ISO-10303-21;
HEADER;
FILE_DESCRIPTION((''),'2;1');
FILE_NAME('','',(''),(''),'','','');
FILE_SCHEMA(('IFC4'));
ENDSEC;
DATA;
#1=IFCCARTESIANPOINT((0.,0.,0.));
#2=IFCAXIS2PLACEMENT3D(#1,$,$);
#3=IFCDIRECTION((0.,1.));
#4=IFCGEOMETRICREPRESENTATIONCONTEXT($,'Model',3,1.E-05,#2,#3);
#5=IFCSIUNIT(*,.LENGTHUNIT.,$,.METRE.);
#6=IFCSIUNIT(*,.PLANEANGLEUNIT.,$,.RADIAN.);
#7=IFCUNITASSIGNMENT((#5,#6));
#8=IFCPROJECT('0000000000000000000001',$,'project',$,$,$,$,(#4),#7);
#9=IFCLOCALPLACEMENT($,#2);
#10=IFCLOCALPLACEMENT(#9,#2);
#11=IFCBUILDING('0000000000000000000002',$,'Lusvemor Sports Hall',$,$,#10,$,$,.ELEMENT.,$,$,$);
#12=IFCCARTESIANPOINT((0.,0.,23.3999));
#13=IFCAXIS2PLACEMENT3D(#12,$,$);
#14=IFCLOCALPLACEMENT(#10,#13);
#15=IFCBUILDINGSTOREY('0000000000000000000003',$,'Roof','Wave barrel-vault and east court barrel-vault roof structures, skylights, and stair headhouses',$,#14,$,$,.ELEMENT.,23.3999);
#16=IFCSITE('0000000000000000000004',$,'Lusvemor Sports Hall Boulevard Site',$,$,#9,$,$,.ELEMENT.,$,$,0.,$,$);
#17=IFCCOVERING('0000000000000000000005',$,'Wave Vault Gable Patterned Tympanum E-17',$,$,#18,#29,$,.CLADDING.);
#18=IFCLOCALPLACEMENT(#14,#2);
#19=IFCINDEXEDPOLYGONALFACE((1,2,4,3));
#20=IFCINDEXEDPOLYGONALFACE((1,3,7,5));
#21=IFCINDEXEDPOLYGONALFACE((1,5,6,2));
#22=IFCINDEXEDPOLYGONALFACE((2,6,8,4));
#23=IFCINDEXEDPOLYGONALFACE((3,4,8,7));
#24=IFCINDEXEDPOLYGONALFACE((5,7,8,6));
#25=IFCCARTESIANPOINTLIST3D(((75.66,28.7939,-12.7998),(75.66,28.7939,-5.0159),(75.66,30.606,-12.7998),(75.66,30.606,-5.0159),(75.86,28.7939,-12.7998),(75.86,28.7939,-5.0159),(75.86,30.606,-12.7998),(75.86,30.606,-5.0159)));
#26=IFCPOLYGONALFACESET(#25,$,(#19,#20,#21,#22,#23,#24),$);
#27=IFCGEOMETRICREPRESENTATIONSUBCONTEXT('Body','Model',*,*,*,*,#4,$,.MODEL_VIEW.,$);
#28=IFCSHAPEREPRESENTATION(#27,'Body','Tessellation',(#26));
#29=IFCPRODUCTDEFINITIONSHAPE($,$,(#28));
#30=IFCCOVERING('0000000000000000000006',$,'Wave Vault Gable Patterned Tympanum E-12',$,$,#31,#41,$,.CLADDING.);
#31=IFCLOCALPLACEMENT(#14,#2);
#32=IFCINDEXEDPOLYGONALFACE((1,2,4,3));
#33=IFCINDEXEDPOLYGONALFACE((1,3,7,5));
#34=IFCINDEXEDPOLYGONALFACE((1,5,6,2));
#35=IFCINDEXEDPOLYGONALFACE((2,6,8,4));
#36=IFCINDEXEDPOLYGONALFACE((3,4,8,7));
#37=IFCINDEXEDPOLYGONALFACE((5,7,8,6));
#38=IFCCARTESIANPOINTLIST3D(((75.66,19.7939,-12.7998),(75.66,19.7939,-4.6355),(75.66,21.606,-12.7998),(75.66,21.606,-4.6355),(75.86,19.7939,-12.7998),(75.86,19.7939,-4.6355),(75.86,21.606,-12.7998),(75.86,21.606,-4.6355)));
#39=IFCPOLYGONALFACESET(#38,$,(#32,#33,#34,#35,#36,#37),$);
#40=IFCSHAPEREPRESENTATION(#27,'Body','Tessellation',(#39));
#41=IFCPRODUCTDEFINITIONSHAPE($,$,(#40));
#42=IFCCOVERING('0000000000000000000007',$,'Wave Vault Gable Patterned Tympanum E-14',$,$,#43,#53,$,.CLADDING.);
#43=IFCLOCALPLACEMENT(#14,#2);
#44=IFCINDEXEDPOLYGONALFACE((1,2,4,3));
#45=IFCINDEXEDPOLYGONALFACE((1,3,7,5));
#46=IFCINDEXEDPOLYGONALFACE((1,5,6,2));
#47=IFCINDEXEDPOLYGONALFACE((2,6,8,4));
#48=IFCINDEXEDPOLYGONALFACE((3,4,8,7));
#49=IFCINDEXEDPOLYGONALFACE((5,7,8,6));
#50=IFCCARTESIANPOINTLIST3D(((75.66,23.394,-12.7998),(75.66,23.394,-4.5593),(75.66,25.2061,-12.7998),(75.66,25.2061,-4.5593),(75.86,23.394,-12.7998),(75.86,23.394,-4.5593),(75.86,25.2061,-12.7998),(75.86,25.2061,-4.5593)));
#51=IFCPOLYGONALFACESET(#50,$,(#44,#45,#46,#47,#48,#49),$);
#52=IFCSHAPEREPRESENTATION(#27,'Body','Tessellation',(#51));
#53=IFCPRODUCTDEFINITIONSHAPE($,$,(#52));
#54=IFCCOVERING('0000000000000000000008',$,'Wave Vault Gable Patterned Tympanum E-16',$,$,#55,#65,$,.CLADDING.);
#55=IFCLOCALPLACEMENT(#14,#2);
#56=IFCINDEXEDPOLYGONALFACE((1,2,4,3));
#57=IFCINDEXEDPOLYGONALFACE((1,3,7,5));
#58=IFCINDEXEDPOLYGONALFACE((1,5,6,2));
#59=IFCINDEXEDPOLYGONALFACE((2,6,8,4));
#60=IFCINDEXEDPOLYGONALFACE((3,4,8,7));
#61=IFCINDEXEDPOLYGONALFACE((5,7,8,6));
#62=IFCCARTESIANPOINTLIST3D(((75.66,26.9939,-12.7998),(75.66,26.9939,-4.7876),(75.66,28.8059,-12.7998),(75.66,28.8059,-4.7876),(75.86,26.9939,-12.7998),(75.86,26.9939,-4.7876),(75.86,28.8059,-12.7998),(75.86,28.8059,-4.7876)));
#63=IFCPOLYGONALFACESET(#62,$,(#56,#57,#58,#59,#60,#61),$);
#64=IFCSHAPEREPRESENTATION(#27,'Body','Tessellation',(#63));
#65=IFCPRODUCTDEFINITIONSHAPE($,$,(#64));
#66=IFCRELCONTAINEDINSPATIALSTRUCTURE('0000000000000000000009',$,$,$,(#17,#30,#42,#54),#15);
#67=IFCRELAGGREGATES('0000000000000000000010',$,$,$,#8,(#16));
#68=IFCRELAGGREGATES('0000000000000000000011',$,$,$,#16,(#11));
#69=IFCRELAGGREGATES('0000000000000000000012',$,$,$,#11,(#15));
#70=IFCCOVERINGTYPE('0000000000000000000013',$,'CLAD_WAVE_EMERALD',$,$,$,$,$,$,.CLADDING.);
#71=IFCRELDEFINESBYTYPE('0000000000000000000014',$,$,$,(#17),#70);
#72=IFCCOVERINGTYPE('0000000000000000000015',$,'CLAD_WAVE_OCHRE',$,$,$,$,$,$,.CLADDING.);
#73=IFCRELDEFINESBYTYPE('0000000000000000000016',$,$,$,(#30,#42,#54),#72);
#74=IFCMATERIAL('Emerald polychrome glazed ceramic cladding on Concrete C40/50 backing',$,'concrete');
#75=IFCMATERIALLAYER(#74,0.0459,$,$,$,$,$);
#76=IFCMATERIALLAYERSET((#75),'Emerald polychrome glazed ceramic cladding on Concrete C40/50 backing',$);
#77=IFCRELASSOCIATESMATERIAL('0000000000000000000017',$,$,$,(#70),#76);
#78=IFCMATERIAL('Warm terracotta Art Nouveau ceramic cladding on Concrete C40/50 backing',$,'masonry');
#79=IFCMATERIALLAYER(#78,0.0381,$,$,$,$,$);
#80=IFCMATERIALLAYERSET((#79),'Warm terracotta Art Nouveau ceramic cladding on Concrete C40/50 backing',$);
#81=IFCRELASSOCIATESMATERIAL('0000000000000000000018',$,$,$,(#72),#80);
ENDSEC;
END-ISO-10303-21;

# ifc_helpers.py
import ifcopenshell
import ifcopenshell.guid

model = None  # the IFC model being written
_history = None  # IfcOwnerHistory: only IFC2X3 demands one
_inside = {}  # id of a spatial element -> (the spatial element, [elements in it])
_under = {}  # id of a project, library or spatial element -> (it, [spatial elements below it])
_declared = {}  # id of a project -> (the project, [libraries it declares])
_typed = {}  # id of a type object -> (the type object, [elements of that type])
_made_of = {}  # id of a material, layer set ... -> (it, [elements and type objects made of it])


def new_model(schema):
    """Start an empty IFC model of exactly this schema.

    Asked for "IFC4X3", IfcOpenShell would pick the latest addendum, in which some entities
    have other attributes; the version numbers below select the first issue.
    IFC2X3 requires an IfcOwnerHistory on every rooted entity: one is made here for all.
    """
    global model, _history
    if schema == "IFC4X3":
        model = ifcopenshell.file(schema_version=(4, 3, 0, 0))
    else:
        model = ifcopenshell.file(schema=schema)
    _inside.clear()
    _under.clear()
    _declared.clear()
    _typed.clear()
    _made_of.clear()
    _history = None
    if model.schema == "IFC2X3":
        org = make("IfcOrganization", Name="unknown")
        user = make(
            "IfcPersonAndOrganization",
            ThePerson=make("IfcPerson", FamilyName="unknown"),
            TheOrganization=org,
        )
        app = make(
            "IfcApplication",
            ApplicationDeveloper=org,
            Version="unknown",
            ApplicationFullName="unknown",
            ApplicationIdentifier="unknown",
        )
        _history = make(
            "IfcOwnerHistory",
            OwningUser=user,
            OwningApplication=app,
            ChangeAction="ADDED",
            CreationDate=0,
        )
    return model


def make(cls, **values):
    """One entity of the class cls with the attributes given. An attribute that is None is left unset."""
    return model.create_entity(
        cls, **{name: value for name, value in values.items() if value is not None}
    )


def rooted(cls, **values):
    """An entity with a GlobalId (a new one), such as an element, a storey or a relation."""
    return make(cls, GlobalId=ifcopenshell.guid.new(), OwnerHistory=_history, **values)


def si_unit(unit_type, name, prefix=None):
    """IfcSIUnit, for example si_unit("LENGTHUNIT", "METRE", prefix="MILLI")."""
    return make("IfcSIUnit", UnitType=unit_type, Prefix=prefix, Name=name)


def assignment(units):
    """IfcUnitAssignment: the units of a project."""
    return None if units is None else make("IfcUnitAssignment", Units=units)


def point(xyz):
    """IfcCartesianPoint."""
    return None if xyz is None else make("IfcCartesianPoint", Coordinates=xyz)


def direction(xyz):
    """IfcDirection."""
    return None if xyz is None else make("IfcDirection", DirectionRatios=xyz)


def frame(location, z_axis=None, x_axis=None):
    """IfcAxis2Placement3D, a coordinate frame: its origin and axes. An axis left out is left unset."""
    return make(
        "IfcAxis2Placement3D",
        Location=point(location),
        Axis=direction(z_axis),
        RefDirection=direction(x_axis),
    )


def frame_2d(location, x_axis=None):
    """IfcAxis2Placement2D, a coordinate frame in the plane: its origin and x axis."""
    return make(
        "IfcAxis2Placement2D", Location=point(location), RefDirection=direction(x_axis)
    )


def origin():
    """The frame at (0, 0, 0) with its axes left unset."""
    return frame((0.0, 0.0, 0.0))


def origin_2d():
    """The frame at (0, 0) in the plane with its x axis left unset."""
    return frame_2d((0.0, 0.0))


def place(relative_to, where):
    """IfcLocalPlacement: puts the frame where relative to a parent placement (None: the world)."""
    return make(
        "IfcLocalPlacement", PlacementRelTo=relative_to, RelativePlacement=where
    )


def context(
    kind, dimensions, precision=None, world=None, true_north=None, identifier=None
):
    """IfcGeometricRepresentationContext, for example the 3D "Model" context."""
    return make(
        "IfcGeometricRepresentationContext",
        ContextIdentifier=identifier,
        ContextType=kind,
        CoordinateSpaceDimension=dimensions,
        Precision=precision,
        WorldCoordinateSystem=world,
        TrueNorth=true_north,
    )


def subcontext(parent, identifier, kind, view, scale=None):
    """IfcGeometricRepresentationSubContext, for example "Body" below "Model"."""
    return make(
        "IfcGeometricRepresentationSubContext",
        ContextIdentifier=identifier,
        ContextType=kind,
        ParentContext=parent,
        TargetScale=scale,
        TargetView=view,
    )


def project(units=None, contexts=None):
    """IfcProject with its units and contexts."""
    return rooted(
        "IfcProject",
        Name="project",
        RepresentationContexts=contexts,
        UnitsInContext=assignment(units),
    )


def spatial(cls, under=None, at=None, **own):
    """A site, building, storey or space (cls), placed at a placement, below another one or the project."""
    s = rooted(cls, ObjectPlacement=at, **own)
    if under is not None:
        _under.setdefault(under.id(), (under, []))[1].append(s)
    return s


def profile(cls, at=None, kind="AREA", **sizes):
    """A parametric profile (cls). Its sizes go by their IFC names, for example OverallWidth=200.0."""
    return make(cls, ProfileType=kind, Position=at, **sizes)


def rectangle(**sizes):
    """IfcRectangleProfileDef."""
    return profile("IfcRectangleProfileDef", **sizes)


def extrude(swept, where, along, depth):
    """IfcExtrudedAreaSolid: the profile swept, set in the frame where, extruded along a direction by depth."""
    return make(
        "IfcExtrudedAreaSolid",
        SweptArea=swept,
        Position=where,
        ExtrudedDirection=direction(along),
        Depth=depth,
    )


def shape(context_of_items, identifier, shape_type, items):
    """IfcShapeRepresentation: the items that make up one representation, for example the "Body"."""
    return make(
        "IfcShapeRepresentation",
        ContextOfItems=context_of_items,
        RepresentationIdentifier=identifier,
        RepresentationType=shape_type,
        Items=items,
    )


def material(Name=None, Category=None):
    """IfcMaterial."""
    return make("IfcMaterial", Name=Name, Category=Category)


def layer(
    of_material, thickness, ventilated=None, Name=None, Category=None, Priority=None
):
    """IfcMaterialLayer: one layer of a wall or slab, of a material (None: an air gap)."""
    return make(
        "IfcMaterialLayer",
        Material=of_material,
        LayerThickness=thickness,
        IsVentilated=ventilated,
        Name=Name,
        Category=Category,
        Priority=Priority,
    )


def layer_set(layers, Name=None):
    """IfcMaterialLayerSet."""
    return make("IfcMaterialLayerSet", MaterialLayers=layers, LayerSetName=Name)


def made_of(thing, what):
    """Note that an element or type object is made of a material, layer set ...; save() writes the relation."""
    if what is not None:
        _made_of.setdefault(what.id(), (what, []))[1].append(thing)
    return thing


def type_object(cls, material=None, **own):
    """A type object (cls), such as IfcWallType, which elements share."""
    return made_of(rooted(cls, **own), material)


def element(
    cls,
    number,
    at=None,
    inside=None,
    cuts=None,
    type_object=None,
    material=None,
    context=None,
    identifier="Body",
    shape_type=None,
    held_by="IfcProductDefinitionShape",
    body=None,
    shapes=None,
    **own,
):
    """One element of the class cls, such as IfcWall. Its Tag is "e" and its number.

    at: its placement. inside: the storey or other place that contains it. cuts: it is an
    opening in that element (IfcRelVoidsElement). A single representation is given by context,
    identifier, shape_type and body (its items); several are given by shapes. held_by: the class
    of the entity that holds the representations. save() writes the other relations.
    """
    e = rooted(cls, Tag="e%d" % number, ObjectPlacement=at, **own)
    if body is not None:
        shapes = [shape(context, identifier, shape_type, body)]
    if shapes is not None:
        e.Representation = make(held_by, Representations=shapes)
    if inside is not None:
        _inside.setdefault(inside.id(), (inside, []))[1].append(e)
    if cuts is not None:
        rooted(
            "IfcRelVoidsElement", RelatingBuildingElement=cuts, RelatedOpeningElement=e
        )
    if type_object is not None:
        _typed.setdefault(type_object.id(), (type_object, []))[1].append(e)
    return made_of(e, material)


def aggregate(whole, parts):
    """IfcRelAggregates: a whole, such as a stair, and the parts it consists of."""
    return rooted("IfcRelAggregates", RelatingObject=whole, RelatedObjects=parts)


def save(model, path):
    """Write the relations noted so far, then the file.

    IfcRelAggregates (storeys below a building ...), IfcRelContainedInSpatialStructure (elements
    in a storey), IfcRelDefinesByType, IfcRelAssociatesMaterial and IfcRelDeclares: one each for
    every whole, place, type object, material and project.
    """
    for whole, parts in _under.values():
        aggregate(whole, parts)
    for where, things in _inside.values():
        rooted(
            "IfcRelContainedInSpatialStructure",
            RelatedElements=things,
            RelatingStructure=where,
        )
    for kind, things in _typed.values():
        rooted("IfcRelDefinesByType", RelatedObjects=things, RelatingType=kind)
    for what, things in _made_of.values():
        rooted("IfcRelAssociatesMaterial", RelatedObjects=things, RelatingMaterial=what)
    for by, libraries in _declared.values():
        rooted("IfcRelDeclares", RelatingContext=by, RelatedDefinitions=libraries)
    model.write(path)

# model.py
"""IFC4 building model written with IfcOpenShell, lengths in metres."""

from ifc_helpers import new_model, si_unit, direction, frame, origin, origin_2d, place, context, subcontext, project, spatial, rectangle, extrude, material, layer, layer_set, type_object, element, save


model = new_model("IFC4")

# Units and contexts
model_context = context("Model", 3, precision=1e-05, world=origin(), true_north=direction((0.0, 1.0)))
body_context = subcontext(model_context, "Body", "Model", "MODEL_VIEW")
ifc_project = project(units=[si_unit("LENGTHUNIT", "METRE"), si_unit("PLANEANGLEUNIT", "RADIAN")], contexts=[model_context])

# Site, building, storey
site_placement = place(None, origin())
site = spatial("IfcSite", under=ifc_project, at=site_placement, Name="Lusvemor Sports Hall Boulevard Site", CompositionType="ELEMENT", RefElevation=0.0)
building_placement = place(site_placement, origin())
building = spatial("IfcBuilding", under=site, at=building_placement, Name="Lusvemor Sports Hall", CompositionType="ELEMENT")
storey_placement = place(building_placement, frame((0.0, 0.0, 23.3999)))
storey = spatial("IfcBuildingStorey", under=building, at=storey_placement, Name="Roof", Description="Wave barrel-vault and east court barrel-vault roof structures, skylights, and stair headhouses", CompositionType="ELEMENT", Elevation=23.3999)

# Coverings
ifc_material_1 = material(Name="Emerald polychrome glazed ceramic cladding on Concrete C40/50 backing", Category="concrete")
ifc_layer_1 = layer(ifc_material_1, 0.0459)
ifc_layer_set_1 = layer_set([ifc_layer_1], Name="Emerald polychrome glazed ceramic cladding on Concrete C40/50 backing")
covering_type_1 = type_object("IfcCoveringType", Name="CLAD_WAVE_EMERALD", PredefinedType="CLADDING", material=ifc_layer_set_1)
covering_1_placement = place(storey_placement, frame((75.76, 29.7, -12.7998), z_axis=(0.0, 0.0, 1.0), x_axis=(1.0, 0.0, 0.0)))
element("IfcCovering", 1, at=covering_1_placement, inside=storey, type_object=covering_type_1, Name="Wave Vault Gable Patterned Tympanum E-17", PredefinedType="CLADDING", context=body_context, shape_type="SweptSolid", body=[
    extrude(rectangle(XDim=0.2, YDim=1.812, at=origin_2d()), origin(), (0.0, 0.0, 1.0), 7.7839),
])
ifc_material_2 = material(Name="Warm terracotta Art Nouveau ceramic cladding on Concrete C40/50 backing", Category="masonry")
ifc_layer_2 = layer(ifc_material_2, 0.0381)
ifc_layer_set_2 = layer_set([ifc_layer_2], Name="Warm terracotta Art Nouveau ceramic cladding on Concrete C40/50 backing")
covering_type_2 = type_object("IfcCoveringType", Name="CLAD_WAVE_OCHRE", PredefinedType="CLADDING", material=ifc_layer_set_2)
covering_2_placement = place(storey_placement, frame((75.76, 20.7, -12.7998), z_axis=(0.0, 0.0, 1.0), x_axis=(1.0, 0.0, 0.0)))
element("IfcCovering", 2, at=covering_2_placement, inside=storey, type_object=covering_type_2, Name="Wave Vault Gable Patterned Tympanum E-12", PredefinedType="CLADDING", context=body_context, shape_type="SweptSolid", body=[
    extrude(rectangle(XDim=0.2, YDim=1.812, at=origin_2d()), origin(), (0.0, 0.0, 1.0), 8.1643),
])
covering_3_placement = place(storey_placement, frame((75.76, 24.3, -12.7998), z_axis=(0.0, 0.0, 1.0), x_axis=(1.0, 0.0, 0.0)))
element("IfcCovering", 3, at=covering_3_placement, inside=storey, type_object=covering_type_2, Name="Wave Vault Gable Patterned Tympanum E-14", PredefinedType="CLADDING", context=body_context, shape_type="SweptSolid", body=[
    extrude(rectangle(XDim=0.2, YDim=1.812, at=origin_2d()), origin(), (0.0, 0.0, 1.0), 8.2405),
])
covering_4_placement = place(storey_placement, frame((75.76, 27.8999, -12.7998), z_axis=(0.0, 0.0, 1.0), x_axis=(1.0, 0.0, 0.0)))
element("IfcCovering", 4, at=covering_4_placement, inside=storey, type_object=covering_type_2, Name="Wave Vault Gable Patterned Tympanum E-16", PredefinedType="CLADDING", context=body_context, shape_type="SweptSolid", body=[
    extrude(rectangle(XDim=0.2, YDim=1.812, at=origin_2d()), origin(), (0.0, 0.0, 1.0), 8.0122),
])

save(model, "model.ifc")
